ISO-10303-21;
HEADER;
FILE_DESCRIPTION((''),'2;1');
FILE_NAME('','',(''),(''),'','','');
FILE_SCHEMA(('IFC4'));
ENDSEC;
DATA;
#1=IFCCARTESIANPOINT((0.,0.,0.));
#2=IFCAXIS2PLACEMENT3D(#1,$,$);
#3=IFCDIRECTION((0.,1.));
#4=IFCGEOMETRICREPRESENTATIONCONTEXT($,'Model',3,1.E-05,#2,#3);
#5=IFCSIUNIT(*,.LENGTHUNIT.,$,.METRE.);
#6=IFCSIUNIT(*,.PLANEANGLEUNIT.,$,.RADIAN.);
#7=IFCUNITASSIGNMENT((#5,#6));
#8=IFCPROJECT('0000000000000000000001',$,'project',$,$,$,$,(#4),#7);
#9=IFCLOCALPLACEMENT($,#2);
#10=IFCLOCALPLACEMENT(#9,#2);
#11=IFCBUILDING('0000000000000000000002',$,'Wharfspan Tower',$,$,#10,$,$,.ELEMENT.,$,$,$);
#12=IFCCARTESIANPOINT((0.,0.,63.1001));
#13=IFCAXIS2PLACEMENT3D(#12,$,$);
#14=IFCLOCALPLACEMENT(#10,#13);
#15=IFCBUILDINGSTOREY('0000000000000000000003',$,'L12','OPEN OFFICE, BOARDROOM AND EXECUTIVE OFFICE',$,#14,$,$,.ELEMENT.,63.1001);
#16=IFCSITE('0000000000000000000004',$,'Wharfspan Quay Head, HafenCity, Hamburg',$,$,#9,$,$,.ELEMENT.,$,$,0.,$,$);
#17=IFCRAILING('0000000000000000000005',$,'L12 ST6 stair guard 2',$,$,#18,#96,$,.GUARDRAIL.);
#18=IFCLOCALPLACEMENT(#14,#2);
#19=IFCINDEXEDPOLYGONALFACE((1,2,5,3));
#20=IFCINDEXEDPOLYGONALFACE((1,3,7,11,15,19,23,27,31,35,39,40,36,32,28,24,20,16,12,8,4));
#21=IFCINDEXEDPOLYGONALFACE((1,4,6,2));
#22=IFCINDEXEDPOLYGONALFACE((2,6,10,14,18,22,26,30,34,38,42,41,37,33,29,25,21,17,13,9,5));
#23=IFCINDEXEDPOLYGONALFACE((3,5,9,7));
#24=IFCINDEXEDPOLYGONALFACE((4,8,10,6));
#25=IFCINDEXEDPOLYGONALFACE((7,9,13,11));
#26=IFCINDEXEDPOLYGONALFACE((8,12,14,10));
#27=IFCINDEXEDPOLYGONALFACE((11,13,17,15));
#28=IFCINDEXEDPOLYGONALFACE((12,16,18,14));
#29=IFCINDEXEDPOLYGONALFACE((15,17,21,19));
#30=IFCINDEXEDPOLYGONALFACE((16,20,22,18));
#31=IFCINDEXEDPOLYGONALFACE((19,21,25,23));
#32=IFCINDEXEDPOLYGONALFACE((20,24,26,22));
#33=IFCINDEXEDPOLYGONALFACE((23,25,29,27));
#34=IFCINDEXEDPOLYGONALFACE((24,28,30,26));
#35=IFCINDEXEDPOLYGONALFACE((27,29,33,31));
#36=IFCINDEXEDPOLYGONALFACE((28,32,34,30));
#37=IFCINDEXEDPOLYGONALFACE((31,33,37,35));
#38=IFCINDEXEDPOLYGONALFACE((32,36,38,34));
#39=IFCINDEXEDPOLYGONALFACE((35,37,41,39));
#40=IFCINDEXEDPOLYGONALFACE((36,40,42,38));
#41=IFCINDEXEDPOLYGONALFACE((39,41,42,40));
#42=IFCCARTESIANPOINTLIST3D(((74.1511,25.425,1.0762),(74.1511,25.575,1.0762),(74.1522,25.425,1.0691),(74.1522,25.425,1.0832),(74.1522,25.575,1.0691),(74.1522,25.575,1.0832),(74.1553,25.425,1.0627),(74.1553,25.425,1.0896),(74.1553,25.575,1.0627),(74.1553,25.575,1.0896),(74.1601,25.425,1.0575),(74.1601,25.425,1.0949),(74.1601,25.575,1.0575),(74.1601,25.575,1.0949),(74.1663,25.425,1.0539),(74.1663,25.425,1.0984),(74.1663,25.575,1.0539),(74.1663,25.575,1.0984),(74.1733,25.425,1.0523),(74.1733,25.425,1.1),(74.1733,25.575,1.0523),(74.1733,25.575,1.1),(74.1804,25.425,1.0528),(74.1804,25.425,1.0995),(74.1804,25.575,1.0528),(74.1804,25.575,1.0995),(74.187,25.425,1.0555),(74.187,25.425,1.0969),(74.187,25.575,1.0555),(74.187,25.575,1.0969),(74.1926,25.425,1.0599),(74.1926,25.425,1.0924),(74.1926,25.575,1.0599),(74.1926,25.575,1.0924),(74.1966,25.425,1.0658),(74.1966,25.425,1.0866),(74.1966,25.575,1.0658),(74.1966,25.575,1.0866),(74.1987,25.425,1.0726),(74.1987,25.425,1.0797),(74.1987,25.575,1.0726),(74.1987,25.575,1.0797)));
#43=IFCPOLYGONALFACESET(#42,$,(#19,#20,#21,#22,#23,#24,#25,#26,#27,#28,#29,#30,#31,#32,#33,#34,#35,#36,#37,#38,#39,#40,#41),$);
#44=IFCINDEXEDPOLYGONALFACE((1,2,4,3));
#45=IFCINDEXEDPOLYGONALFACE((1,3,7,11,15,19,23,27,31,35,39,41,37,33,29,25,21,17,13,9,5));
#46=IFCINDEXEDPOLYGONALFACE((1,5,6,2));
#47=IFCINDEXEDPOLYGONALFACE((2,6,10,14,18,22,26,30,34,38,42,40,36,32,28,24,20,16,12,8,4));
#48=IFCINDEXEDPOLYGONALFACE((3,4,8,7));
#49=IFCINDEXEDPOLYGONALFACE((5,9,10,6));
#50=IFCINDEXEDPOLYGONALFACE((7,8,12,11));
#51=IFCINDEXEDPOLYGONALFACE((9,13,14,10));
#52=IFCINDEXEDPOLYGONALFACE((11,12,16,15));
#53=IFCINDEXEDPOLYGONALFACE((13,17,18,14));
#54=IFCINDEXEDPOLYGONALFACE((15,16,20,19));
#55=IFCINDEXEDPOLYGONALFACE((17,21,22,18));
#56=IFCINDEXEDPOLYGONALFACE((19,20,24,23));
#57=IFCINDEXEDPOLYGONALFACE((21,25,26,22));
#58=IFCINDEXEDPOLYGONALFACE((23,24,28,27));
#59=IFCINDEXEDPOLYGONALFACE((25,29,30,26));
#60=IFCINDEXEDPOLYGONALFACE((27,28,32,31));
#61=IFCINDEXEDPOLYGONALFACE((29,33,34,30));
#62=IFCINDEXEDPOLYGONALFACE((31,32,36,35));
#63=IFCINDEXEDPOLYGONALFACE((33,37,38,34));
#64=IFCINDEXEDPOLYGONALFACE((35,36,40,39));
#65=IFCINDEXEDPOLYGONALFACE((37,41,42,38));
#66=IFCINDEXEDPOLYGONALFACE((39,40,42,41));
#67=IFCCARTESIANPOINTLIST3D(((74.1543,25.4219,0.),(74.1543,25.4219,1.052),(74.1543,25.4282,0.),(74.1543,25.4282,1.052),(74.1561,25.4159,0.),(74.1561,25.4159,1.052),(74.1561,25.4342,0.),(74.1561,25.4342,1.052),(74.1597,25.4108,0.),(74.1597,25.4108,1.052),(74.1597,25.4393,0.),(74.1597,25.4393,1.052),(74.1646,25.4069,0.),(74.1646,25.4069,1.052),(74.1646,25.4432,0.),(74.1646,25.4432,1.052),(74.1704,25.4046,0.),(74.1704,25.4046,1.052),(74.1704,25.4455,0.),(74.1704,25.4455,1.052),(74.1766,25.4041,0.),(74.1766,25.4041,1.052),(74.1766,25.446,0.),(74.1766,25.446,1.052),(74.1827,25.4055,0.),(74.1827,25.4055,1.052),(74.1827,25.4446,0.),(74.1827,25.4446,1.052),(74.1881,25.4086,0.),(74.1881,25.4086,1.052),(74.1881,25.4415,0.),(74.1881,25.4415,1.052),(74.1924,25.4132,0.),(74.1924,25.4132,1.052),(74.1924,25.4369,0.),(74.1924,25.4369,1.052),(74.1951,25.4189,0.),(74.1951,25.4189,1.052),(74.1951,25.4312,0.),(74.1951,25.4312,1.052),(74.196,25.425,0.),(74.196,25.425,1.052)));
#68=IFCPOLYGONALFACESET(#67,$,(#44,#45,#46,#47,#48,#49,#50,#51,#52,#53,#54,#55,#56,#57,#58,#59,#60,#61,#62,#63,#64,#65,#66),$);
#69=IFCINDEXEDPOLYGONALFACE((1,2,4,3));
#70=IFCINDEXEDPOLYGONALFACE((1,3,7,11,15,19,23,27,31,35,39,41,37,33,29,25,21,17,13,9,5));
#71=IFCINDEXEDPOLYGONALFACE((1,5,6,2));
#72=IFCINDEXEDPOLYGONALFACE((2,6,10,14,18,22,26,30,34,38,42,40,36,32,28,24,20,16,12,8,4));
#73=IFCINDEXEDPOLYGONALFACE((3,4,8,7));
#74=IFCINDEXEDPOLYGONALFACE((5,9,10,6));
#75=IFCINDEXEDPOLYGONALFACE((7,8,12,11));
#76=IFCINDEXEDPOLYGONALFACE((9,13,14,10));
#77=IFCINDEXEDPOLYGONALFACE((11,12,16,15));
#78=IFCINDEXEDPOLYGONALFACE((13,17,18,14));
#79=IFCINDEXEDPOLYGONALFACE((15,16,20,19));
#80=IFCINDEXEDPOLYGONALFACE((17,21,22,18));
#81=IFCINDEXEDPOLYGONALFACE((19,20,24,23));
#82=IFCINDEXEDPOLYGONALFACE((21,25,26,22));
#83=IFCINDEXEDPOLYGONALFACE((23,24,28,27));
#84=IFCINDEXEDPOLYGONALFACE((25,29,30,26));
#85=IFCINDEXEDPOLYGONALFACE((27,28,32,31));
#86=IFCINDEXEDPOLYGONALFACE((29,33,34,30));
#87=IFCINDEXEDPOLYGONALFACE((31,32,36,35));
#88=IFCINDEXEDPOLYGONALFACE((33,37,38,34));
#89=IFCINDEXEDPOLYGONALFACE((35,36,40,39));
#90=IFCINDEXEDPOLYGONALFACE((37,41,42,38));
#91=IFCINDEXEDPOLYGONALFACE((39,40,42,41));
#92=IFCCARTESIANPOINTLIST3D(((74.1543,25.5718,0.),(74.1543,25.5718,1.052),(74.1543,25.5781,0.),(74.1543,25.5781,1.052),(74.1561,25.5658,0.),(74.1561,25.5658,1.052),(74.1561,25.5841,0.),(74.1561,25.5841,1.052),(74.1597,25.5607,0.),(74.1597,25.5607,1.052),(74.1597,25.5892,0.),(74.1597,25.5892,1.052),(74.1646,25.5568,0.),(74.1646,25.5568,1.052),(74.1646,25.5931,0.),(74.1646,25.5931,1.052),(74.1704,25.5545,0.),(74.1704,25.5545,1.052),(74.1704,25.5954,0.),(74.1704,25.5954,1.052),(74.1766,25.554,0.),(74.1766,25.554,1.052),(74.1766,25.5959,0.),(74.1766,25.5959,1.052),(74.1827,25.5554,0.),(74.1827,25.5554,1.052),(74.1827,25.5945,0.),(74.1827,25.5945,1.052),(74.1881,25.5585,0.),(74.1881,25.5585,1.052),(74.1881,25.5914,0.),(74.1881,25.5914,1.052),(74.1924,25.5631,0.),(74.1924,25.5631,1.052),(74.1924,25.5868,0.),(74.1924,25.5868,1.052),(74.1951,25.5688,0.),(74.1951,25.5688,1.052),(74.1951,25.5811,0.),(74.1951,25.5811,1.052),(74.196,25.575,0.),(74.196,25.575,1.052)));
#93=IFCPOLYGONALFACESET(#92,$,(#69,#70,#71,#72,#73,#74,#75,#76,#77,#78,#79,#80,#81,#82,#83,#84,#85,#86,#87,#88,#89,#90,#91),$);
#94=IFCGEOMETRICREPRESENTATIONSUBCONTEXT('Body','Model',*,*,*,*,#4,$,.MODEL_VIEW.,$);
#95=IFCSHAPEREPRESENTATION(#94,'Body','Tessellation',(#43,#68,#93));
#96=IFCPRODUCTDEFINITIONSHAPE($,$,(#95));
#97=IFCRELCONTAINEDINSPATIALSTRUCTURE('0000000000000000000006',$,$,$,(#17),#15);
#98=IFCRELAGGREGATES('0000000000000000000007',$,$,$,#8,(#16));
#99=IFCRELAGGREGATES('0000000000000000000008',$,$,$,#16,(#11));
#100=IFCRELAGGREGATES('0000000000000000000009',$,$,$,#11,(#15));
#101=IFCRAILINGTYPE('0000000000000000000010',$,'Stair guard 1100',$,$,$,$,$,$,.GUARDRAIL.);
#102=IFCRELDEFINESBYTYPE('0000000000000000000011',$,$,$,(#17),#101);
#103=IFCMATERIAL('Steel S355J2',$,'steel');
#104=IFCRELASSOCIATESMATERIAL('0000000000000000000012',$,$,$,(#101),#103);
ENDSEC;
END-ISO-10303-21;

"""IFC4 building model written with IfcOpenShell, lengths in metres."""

from ifc_helpers import new_model, si_unit, direction, frame, origin, origin_2d, place, context, subcontext, project, spatial, circle, extrude, material, type_object, element, save


model = new_model("IFC4")

# Units and contexts
model_context = context("Model", 3, precision=1e-05, world=origin(), true_north=direction((0.0, 1.0)))
body_context = subcontext(model_context, "Body", "Model", "MODEL_VIEW")
ifc_project = project(units=[si_unit("LENGTHUNIT", "METRE"), si_unit("PLANEANGLEUNIT", "RADIAN")], contexts=[model_context])

# Site, building, storey
site_placement = place(None, origin())
site = spatial("IfcSite", under=ifc_project, at=site_placement, Name="Wharfspan Quay Head, HafenCity, Hamburg", CompositionType="ELEMENT", RefElevation=0.0)
building_placement = place(site_placement, origin())
building = spatial("IfcBuilding", under=site, at=building_placement, Name="Wharfspan Tower", CompositionType="ELEMENT")
storey_placement = place(building_placement, frame((0.0, 0.0, 63.1001)))
storey = spatial("IfcBuildingStorey", under=building, at=storey_placement, Name="L12", Description="OPEN OFFICE, BOARDROOM AND EXECUTIVE OFFICE", CompositionType="ELEMENT", Elevation=63.1001)

# Shared definitions
ifc_material_1 = material(Name="Steel S355J2", Category="steel")

# Railing
railing_type_1 = type_object("IfcRailingType", Name="Stair guard 1100", PredefinedType="GUARDRAIL", material=ifc_material_1)
railing_1_placement = place(storey_placement, frame((74.175, 25.425, 0.0)))
element("IfcRailing", 1, at=railing_1_placement, inside=storey, type_object=railing_type_1, Name="L12 ST6 stair guard 2", PredefinedType="GUARDRAIL", context=body_context, shape_type="SweptSolid", body=[
    extrude(circle(Radius=0.0239, at=origin_2d()), frame((0.0, 0.0, 1.0762), z_axis=(0.0, 1.0, 0.0), x_axis=(-1.0, 0.0, 0.0)), (0.0, 0.0, 1.0), 0.1499),
    extrude(circle(Radius=0.021, at=origin_2d()), origin(), (0.0, 0.0, 1.0), 1.052),
    extrude(circle(Radius=0.021, at=origin_2d()), frame((0.0, 0.1499, 0.0)), (0.0, 0.0, 1.0), 1.052),
])

save(model, "model.ifc")
